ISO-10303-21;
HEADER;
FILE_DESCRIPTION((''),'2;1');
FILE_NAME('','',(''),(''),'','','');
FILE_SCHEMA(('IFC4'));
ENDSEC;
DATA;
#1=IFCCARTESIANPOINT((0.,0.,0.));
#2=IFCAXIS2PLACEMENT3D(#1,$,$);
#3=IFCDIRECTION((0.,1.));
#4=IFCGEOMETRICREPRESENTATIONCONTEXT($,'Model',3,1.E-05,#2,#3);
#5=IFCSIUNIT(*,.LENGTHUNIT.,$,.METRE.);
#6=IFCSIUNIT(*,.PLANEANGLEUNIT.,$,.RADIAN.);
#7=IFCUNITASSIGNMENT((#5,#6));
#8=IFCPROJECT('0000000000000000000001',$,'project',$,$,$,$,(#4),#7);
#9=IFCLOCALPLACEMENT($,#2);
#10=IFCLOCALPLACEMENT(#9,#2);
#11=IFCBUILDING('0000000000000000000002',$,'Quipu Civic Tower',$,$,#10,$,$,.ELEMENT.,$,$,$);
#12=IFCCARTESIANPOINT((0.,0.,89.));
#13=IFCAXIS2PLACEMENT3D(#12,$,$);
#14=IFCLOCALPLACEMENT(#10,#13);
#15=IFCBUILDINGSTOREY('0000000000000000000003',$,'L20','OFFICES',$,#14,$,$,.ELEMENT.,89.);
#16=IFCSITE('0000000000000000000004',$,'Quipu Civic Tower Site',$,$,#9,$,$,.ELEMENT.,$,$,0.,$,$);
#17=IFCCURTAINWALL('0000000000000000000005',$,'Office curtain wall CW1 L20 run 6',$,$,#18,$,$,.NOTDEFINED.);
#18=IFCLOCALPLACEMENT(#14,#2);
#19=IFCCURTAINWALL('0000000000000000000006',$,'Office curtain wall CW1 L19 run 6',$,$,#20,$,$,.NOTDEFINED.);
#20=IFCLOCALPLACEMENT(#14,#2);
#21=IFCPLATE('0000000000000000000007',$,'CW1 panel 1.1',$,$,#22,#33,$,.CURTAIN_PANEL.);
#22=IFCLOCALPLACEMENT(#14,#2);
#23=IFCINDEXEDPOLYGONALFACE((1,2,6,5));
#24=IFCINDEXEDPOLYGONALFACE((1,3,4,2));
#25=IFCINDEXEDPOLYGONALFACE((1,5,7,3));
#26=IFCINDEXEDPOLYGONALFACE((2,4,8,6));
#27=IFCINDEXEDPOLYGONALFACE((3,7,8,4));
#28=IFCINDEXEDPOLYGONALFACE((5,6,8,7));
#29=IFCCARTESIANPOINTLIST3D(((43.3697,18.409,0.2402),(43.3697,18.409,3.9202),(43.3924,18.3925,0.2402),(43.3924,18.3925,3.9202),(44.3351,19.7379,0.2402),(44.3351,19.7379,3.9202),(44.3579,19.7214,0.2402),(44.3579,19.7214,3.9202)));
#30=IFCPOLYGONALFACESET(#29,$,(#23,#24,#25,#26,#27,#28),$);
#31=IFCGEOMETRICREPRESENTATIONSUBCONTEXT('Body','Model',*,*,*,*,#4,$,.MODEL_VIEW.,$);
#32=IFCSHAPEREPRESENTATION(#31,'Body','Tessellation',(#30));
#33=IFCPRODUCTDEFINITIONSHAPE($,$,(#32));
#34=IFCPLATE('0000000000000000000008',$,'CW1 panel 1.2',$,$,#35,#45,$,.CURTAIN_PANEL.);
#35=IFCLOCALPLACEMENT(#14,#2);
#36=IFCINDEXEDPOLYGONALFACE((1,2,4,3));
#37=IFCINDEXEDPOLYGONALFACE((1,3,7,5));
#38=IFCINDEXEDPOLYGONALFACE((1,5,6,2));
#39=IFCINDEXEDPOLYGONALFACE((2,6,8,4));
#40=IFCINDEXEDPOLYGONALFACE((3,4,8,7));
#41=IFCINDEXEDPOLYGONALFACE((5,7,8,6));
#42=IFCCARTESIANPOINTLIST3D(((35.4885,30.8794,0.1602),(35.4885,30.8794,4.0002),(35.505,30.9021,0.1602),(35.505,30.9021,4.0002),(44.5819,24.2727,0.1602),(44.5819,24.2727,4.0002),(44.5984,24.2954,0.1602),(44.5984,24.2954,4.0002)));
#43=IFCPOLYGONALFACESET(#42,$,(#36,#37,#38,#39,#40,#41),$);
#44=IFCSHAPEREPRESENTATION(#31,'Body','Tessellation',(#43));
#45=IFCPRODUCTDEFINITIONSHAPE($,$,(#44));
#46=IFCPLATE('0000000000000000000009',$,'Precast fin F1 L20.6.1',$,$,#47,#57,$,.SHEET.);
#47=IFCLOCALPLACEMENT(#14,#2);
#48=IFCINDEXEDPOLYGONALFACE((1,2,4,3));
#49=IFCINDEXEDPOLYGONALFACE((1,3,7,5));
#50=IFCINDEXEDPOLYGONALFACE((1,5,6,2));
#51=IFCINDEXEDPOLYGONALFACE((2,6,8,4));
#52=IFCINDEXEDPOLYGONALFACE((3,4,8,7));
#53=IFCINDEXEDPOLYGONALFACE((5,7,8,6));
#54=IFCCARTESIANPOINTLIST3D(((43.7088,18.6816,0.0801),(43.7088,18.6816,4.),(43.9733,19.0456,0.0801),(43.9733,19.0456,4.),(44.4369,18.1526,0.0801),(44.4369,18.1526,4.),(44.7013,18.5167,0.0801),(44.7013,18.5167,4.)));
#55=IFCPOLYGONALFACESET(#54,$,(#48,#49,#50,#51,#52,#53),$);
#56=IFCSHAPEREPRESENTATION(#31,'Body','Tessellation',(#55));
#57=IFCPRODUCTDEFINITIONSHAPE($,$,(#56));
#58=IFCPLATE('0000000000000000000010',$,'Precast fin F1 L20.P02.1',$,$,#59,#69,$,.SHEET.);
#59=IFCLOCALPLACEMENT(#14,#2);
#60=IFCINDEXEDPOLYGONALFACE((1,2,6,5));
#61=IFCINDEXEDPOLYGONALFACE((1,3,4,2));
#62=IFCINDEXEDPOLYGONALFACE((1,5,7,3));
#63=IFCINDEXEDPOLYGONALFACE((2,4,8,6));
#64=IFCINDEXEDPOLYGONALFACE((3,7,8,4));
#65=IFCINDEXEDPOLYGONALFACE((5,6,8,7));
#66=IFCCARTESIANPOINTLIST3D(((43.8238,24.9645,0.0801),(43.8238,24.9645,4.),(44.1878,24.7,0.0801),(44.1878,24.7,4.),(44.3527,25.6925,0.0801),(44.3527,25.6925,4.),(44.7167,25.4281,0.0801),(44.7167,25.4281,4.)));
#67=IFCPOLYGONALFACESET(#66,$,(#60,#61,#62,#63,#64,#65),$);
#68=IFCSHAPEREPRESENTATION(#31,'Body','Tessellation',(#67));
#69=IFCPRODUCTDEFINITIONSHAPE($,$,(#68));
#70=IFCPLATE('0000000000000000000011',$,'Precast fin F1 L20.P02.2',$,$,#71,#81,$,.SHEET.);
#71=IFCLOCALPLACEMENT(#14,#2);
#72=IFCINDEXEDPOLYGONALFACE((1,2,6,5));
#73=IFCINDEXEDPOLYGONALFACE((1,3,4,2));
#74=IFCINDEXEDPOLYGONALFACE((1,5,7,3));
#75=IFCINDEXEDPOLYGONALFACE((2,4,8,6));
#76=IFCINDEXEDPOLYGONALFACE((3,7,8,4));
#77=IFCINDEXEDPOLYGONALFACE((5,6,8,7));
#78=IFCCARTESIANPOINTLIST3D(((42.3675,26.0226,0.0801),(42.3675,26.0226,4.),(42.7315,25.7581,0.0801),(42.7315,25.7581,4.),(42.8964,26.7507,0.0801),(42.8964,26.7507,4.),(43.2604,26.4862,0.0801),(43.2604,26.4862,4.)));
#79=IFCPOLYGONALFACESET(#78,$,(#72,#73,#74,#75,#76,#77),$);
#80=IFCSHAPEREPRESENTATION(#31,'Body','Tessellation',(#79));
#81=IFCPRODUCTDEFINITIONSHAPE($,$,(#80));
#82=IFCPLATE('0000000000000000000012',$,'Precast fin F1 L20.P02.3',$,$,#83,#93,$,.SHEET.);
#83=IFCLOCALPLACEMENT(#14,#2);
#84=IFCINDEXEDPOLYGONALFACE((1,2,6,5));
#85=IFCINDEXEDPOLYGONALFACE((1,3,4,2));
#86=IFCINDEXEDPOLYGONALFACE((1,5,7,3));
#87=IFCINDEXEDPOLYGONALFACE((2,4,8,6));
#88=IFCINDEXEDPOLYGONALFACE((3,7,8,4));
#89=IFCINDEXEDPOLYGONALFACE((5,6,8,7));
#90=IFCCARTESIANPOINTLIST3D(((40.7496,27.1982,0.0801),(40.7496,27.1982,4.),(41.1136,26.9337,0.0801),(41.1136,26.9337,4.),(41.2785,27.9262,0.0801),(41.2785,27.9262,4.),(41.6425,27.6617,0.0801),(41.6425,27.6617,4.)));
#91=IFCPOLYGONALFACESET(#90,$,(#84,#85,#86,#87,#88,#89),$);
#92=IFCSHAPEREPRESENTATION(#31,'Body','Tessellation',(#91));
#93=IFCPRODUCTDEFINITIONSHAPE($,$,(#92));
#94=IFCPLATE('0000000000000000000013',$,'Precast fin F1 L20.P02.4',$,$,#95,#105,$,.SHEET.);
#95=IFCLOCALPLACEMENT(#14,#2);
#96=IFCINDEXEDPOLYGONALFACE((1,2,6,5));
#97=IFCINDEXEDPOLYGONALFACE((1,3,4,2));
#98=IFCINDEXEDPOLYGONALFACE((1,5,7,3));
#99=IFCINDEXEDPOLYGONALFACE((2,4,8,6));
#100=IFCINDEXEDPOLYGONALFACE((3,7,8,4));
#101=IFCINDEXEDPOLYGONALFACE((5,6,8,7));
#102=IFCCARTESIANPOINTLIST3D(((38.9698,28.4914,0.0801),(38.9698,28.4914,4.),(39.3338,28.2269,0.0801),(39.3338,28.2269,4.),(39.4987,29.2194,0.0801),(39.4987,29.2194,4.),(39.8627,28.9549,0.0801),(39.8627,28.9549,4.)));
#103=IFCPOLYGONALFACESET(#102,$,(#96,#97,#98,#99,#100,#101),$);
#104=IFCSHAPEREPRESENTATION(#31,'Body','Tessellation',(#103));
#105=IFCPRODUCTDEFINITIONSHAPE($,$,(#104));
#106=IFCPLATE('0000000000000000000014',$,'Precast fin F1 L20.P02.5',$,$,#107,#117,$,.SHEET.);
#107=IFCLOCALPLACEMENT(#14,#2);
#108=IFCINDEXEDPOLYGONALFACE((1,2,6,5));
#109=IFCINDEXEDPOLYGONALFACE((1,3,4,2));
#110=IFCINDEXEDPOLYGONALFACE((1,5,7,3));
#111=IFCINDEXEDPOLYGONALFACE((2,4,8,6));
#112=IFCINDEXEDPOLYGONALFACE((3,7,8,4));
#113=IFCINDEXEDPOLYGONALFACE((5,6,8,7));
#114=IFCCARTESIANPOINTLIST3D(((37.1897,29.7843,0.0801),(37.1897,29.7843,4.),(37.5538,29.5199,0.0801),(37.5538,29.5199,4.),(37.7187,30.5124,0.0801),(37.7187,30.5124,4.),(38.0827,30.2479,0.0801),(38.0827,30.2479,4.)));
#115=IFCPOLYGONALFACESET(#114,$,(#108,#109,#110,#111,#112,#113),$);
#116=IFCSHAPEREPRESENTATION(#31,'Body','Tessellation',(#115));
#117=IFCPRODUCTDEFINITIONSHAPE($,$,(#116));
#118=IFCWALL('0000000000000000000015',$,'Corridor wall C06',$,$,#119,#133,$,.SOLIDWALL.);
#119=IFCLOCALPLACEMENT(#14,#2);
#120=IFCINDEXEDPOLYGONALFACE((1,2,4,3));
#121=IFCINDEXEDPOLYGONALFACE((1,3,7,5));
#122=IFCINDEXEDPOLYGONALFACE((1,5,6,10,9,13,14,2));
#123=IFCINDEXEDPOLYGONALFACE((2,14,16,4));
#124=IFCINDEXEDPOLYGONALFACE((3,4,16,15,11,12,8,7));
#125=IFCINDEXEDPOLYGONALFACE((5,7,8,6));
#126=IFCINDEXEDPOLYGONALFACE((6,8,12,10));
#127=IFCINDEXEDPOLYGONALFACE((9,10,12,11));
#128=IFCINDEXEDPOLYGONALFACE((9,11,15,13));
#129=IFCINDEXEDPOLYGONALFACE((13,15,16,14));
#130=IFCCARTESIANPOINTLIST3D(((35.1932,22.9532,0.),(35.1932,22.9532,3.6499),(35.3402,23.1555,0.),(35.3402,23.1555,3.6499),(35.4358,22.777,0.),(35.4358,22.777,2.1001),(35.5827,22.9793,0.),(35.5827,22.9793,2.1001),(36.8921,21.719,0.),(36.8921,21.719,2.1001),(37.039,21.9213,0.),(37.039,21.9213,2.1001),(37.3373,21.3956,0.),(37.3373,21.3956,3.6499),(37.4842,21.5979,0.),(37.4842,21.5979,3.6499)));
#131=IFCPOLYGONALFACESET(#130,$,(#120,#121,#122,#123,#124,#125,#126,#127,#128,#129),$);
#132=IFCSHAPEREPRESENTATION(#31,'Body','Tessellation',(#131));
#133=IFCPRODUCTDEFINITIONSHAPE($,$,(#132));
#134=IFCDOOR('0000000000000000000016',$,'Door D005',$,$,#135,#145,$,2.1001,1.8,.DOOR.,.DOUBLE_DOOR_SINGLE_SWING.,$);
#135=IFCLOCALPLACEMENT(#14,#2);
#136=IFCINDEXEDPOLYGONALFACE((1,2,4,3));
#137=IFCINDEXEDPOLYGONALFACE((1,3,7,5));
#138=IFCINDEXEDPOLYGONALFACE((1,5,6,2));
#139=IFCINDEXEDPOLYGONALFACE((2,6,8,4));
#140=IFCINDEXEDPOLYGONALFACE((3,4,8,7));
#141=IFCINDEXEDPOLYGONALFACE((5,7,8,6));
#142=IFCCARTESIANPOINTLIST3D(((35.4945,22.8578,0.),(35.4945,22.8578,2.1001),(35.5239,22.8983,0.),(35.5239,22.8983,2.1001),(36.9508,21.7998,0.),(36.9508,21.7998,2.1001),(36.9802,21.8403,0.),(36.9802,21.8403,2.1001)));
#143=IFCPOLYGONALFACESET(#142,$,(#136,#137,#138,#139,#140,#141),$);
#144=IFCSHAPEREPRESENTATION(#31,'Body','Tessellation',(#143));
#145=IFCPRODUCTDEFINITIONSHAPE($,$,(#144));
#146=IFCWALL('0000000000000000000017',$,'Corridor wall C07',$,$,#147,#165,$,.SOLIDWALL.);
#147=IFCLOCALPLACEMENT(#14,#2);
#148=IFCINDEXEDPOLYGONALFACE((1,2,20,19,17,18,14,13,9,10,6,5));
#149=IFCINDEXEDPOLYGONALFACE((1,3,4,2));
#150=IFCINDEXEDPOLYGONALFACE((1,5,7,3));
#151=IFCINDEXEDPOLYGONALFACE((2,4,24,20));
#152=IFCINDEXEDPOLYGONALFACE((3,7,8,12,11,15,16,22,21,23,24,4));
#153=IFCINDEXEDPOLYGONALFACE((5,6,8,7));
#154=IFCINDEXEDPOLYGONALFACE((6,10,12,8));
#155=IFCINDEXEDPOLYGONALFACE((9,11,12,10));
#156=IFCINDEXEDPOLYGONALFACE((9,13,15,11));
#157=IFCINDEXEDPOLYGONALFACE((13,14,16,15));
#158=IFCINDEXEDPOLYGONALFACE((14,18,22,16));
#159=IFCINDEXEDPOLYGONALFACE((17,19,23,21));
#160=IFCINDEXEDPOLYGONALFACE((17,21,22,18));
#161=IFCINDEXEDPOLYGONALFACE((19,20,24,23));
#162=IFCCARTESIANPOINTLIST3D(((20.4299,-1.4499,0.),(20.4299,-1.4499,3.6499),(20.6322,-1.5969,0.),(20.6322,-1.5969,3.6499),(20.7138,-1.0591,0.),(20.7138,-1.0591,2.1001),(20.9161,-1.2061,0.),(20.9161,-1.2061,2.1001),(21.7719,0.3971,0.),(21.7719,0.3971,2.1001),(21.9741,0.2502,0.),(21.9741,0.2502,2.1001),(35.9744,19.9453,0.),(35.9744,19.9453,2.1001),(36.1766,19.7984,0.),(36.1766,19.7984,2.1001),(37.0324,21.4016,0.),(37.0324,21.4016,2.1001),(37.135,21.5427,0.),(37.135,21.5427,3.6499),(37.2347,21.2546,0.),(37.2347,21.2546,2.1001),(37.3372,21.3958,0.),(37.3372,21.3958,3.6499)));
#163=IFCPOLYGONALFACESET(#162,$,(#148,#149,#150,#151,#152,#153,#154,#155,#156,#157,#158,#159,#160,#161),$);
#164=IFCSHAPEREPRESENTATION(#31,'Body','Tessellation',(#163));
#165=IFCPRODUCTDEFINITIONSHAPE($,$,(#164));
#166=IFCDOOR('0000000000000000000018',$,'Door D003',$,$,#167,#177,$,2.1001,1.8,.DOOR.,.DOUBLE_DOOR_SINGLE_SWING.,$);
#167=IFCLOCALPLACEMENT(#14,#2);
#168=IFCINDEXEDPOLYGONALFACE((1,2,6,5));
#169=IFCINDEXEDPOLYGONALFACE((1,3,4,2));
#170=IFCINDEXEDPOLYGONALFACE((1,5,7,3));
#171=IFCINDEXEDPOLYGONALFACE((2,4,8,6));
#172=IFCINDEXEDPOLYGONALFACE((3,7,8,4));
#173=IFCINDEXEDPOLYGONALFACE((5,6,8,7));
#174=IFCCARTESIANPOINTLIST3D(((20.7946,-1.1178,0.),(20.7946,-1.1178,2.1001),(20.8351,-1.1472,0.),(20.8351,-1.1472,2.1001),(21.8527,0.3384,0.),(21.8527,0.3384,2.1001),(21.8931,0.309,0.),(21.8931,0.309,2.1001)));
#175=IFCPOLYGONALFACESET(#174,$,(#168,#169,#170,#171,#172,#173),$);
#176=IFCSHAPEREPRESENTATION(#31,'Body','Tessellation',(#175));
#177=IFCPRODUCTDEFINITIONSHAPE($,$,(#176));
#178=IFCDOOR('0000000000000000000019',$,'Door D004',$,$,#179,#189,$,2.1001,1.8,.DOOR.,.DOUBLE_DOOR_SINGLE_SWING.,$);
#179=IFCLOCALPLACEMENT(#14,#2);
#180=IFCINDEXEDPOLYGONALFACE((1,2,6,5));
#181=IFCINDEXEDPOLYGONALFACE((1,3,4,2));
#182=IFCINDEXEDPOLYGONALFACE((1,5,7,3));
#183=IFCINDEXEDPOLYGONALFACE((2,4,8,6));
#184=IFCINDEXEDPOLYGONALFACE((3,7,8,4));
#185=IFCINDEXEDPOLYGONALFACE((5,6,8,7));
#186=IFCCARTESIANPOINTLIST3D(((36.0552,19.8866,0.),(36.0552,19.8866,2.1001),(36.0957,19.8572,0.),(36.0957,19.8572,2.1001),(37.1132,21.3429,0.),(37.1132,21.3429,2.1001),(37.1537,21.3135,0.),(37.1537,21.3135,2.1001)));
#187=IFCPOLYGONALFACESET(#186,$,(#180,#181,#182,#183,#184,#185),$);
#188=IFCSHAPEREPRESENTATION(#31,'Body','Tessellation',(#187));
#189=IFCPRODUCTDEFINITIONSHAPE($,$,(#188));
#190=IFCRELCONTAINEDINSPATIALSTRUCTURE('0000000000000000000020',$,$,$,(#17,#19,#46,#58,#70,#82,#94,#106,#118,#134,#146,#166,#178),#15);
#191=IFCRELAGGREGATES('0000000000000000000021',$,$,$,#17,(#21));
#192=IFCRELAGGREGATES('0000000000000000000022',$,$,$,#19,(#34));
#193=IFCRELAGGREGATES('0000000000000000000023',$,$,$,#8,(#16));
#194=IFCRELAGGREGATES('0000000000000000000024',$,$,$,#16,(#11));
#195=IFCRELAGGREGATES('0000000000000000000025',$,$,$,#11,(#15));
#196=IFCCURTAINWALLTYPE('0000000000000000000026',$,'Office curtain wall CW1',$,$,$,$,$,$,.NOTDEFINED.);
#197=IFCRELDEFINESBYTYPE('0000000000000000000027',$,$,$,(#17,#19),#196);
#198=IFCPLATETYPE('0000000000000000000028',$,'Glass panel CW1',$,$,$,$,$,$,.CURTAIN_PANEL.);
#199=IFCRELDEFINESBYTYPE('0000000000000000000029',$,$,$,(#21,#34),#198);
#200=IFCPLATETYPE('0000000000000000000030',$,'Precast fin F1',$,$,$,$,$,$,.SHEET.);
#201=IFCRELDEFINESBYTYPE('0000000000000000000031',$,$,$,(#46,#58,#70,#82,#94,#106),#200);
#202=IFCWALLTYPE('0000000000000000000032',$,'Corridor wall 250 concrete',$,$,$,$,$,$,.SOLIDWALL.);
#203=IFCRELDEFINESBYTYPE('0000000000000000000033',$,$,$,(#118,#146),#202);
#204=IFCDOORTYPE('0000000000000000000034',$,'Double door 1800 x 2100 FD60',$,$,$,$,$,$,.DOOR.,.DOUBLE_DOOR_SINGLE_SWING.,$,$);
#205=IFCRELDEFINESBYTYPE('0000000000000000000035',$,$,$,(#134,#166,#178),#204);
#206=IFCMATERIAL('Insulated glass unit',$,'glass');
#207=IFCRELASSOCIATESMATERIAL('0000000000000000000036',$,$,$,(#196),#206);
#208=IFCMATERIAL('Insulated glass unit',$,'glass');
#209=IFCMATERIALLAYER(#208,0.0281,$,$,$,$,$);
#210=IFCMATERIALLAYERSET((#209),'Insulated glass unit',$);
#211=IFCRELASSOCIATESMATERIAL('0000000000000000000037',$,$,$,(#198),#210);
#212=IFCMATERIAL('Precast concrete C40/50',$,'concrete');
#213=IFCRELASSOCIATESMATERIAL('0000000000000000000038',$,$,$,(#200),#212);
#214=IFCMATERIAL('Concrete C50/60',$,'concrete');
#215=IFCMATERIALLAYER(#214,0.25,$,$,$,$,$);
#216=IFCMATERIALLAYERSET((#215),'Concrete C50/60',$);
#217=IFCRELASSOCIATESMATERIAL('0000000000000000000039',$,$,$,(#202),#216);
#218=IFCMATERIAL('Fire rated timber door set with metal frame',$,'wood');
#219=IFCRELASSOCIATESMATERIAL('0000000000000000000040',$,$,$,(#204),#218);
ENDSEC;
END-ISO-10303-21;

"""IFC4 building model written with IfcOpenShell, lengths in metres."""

from ifc_helpers import new_model, si_unit, direction, frame, frame_2d, origin, origin_2d, place, context, subcontext, project, spatial, rectangle, extrude, material, layer, layer_set, type_object, element, fill, aggregate, save


model = new_model("IFC4")

# Units and contexts
model_context = context("Model", 3, precision=1e-05, world=origin(), true_north=direction((0.0, 1.0)))
body_context = subcontext(model_context, "Body", "Model", "MODEL_VIEW")
ifc_project = project(units=[si_unit("LENGTHUNIT", "METRE"), si_unit("PLANEANGLEUNIT", "RADIAN")], contexts=[model_context])

# Site, building, storey
site_placement = place(None, origin())
site = spatial("IfcSite", under=ifc_project, at=site_placement, Name="Quipu Civic Tower Site", CompositionType="ELEMENT", RefElevation=0.0)
building_placement = place(site_placement, origin())
building = spatial("IfcBuilding", under=site, at=building_placement, Name="Quipu Civic Tower", CompositionType="ELEMENT")
storey_placement = place(building_placement, frame((0.0, 0.0, 89.0)))
storey = spatial("IfcBuildingStorey", under=building, at=storey_placement, Name="L20", Description="OFFICES", CompositionType="ELEMENT", Elevation=89.0)

# Curtain walls
ifc_material_1 = material(Name="Insulated glass unit", Category="glass")
curtain_wall_type = type_object("IfcCurtainWallType", Name="Office curtain wall CW1", PredefinedType="NOTDEFINED", material=ifc_material_1)
curtain_wall_1_placement = place(storey_placement, origin())
curtain_wall_1 = element("IfcCurtainWall", 1, at=curtain_wall_1_placement, inside=storey, type_object=curtain_wall_type, Name="Office curtain wall CW1 L20 run 6", PredefinedType="NOTDEFINED")
curtain_wall_2_placement = place(storey_placement, origin())
curtain_wall_2 = element("IfcCurtainWall", 2, at=curtain_wall_2_placement, inside=storey, type_object=curtain_wall_type, Name="Office curtain wall CW1 L19 run 6", PredefinedType="NOTDEFINED")

# Plates
ifc_material_2 = material(Name="Insulated glass unit", Category="glass")
ifc_layer_1 = layer(ifc_material_2, 0.0281)
ifc_layer_set_1 = layer_set([ifc_layer_1], Name="Insulated glass unit")
plate_type_1 = type_object("IfcPlateType", Name="Glass panel CW1", PredefinedType="CURTAIN_PANEL", material=ifc_layer_set_1)
plate_1_placement = place(storey_placement, frame((43.8638, 19.0652, 0.2402), z_axis=(0.0, 0.0, 1.0), x_axis=(0.587779, 0.809021, 0.0)))
plate_1 = element("IfcPlate", 3, at=plate_1_placement, type_object=plate_type_1, Name="CW1 panel 1.1", PredefinedType="CURTAIN_PANEL", context=body_context, shape_type="SweptSolid", body=[
    extrude(rectangle(XDim=1.6426, YDim=0.0281, at=origin_2d()), origin(), (0.0, 0.0, 1.0), 3.6799),
])
aggregate(curtain_wall_1, [plate_1])
plate_2_placement = place(storey_placement, frame((40.0435, 27.5874, 0.1602), z_axis=(0.0, 0.0, 1.0), x_axis=(-0.809015, 0.587788, 0.0)))
plate_2 = element("IfcPlate", 4, at=plate_2_placement, type_object=plate_type_1, Name="CW1 panel 1.2", PredefinedType="CURTAIN_PANEL", context=body_context, shape_type="SweptSolid", body=[
    extrude(rectangle(XDim=11.24, YDim=0.0281, at=origin_2d()), origin(), (0.0, 0.0, 1.0), 3.8401),
])
aggregate(curtain_wall_2, [plate_2])

# Plates
ifc_material_3 = material(Name="Precast concrete C40/50", Category="concrete")
plate_type_2 = type_object("IfcPlateType", Name="Precast fin F1", PredefinedType="SHEET", material=ifc_material_3)
for number, where, z_axis, x_axis, name in (
    (5, (44.2051, 18.5991, 0.0801), (0.0, 0.0, 1.0), (0.587786, 0.809016, 0.0), "Precast fin F1 L20.6.1"),
    (6, (44.2703, 25.1963, 0.0801), (0.0, 0.0, 1.0), (-0.809017, 0.587785, 0.0), "Precast fin F1 L20.P02.1"),
    (7, (42.814, 26.2544, 0.0801), (0.0, 0.0, 1.0), (-0.809017, 0.587785, 0.0), "Precast fin F1 L20.P02.2"),
    (8, (41.196, 27.4299, 0.0801), (0.0, 0.0, 1.0), (-0.809017, 0.587785, 0.0), "Precast fin F1 L20.P02.3"),
    (9, (39.4163, 28.7231, 0.0801), (0.0, 0.0, 1.0), (-0.809017, 0.587785, 0.0), "Precast fin F1 L20.P02.4"),
    (10, (37.6362, 30.0161, 0.0801), (0.0, 0.0, 1.0), (-0.809017, 0.587785, 0.0), "Precast fin F1 L20.P02.5"),
):
    element("IfcPlate", number, at=place(storey_placement, frame(where, z_axis=z_axis, x_axis=x_axis)), inside=storey, type_object=plate_type_2, Name=name, PredefinedType="SHEET", context=body_context, shape_type="SweptSolid", body=[
        extrude(rectangle(XDim=0.45, YDim=0.8999, at=origin_2d()), origin(), (0.0, 0.0, 1.0), 3.9199),
    ])

# Wall, opening, door
ifc_material_4 = material(Name="Concrete C50/60", Category="concrete")
ifc_layer_2 = layer(ifc_material_4, 0.25)
ifc_layer_set_2 = layer_set([ifc_layer_2], Name="Concrete C50/60")
wall_type_1 = type_object("IfcWallType", Name="Corridor wall 250 concrete", PredefinedType="SOLIDWALL", material=ifc_layer_set_2)
wall_1_placement = place(storey_placement, frame((35.2666, 23.0544, 0.0), z_axis=(0.0, 0.0, 1.0), x_axis=(0.809039, -0.587755, 0.0)))
wall_1 = element("IfcWall", 11, at=wall_1_placement, inside=storey, type_object=wall_type_1, Name="Corridor wall C06", PredefinedType="SOLIDWALL", context=body_context, shape_type="SweptSolid", body=[
    extrude(rectangle(XDim=2.6501, YDim=0.25, at=frame_2d((1.3252, 0.0))), origin(), (0.0, 0.0, 1.0), 3.6499),
])
opening_1_placement = place(wall_1_placement, frame((0.3, 0.0, 0.0)))
opening_1 = element("IfcOpeningElement", 12, at=opening_1_placement, cuts=wall_1, PredefinedType="OPENING", context=body_context, shape_type="SweptSolid", body=[
    extrude(rectangle(XDim=1.8, YDim=2.1001, at=frame_2d((0.8999, 1.05))), frame((0.0, 0.135, 0.0), z_axis=(0.0, -1.0, 0.0), x_axis=(1.0, 0.0, 0.0)), (0.0, 0.0, 1.0), 0.27),
])
ifc_material_5 = material(Name="Fire rated timber door set with metal frame", Category="wood")
door_type = type_object("IfcDoorType", Name="Double door 1800 x 2100 FD60", OperationType="DOUBLE_DOOR_SINGLE_SWING", PredefinedType="DOOR", material=ifc_material_5)
door_1_placement = place(opening_1_placement, origin())
door_1 = element("IfcDoor", 13, at=door_1_placement, inside=storey, type_object=door_type, Name="Door D005", OperationType="DOUBLE_DOOR_SINGLE_SWING", OverallHeight=2.1001, OverallWidth=1.8, PredefinedType="DOOR", context=body_context, shape_type="SweptSolid", body=[
    extrude(rectangle(XDim=1.8, YDim=2.1001, at=frame_2d((0.8999, 1.05))), frame((0.0, 0.0249, 0.0), z_axis=(0.0, -1.0, 0.0), x_axis=(1.0, 0.0, 0.0)), (0.0, 0.0, 1.0), 0.05),
])
fill(opening_1, door_1)

# Wall, openings, doors
wall_2_placement = place(storey_placement, frame((37.2361, 21.4692, 0.0), z_axis=(0.0, 0.0, 1.0), x_axis=(-0.587783, -0.809018, 0.0)))
wall_2 = element("IfcWall", 14, at=wall_2_placement, inside=storey, type_object=wall_type_1, Name="Corridor wall C07", PredefinedType="SOLIDWALL", context=body_context, shape_type="SweptSolid", body=[
    extrude(rectangle(XDim=28.4204, YDim=0.25, at=frame_2d((14.2102, 0.0))), origin(), (0.0, 0.0, 1.0), 3.6499),
])
opening_2_placement = place(wall_2_placement, frame((26.1375, 0.0, 0.0)))
opening_2 = element("IfcOpeningElement", 15, at=opening_2_placement, cuts=wall_2, PredefinedType="OPENING", context=body_context, shape_type="SweptSolid", body=[
    extrude(rectangle(XDim=1.8, YDim=2.1001, at=frame_2d((0.8999, 1.05))), frame((0.0, 0.135, 0.0), z_axis=(0.0, -1.0, 0.0), x_axis=(1.0, 0.0, 0.0)), (0.0, 0.0, 1.0), 0.27),
])
opening_3_placement = place(wall_2_placement, frame((0.1746, 0.0, 0.0)))
opening_3 = element("IfcOpeningElement", 16, at=opening_3_placement, cuts=wall_2, PredefinedType="OPENING", context=body_context, shape_type="SweptSolid", body=[
    extrude(rectangle(XDim=1.8, YDim=2.1001, at=frame_2d((0.8999, 1.05))), frame((0.0, 0.135, 0.0), z_axis=(0.0, -1.0, 0.0), x_axis=(1.0, 0.0, 0.0)), (0.0, 0.0, 1.0), 0.27),
])
door_2_placement = place(opening_2_placement, origin())
door_2 = element("IfcDoor", 17, at=door_2_placement, inside=storey, type_object=door_type, Name="Door D003", OperationType="DOUBLE_DOOR_SINGLE_SWING", OverallHeight=2.1001, OverallWidth=1.8, PredefinedType="DOOR", context=body_context, shape_type="SweptSolid", body=[
    extrude(rectangle(XDim=1.8, YDim=2.1001, at=frame_2d((0.8999, 1.05))), frame((0.0, 0.0249, 0.0), z_axis=(0.0, -1.0, 0.0), x_axis=(1.0, 0.0, 0.0)), (0.0, 0.0, 1.0), 0.05),
])
fill(opening_2, door_2)
door_3_placement = place(opening_3_placement, origin())
door_3 = element("IfcDoor", 18, at=door_3_placement, inside=storey, type_object=door_type, Name="Door D004", OperationType="DOUBLE_DOOR_SINGLE_SWING", OverallHeight=2.1001, OverallWidth=1.8, PredefinedType="DOOR", context=body_context, shape_type="SweptSolid", body=[
    extrude(rectangle(XDim=1.8, YDim=2.1001, at=frame_2d((0.8999, 1.05))), frame((0.0, 0.0249, 0.0), z_axis=(0.0, -1.0, 0.0), x_axis=(1.0, 0.0, 0.0)), (0.0, 0.0, 1.0), 0.05),
])
fill(opening_3, door_3)

save(model, "model.ifc")
